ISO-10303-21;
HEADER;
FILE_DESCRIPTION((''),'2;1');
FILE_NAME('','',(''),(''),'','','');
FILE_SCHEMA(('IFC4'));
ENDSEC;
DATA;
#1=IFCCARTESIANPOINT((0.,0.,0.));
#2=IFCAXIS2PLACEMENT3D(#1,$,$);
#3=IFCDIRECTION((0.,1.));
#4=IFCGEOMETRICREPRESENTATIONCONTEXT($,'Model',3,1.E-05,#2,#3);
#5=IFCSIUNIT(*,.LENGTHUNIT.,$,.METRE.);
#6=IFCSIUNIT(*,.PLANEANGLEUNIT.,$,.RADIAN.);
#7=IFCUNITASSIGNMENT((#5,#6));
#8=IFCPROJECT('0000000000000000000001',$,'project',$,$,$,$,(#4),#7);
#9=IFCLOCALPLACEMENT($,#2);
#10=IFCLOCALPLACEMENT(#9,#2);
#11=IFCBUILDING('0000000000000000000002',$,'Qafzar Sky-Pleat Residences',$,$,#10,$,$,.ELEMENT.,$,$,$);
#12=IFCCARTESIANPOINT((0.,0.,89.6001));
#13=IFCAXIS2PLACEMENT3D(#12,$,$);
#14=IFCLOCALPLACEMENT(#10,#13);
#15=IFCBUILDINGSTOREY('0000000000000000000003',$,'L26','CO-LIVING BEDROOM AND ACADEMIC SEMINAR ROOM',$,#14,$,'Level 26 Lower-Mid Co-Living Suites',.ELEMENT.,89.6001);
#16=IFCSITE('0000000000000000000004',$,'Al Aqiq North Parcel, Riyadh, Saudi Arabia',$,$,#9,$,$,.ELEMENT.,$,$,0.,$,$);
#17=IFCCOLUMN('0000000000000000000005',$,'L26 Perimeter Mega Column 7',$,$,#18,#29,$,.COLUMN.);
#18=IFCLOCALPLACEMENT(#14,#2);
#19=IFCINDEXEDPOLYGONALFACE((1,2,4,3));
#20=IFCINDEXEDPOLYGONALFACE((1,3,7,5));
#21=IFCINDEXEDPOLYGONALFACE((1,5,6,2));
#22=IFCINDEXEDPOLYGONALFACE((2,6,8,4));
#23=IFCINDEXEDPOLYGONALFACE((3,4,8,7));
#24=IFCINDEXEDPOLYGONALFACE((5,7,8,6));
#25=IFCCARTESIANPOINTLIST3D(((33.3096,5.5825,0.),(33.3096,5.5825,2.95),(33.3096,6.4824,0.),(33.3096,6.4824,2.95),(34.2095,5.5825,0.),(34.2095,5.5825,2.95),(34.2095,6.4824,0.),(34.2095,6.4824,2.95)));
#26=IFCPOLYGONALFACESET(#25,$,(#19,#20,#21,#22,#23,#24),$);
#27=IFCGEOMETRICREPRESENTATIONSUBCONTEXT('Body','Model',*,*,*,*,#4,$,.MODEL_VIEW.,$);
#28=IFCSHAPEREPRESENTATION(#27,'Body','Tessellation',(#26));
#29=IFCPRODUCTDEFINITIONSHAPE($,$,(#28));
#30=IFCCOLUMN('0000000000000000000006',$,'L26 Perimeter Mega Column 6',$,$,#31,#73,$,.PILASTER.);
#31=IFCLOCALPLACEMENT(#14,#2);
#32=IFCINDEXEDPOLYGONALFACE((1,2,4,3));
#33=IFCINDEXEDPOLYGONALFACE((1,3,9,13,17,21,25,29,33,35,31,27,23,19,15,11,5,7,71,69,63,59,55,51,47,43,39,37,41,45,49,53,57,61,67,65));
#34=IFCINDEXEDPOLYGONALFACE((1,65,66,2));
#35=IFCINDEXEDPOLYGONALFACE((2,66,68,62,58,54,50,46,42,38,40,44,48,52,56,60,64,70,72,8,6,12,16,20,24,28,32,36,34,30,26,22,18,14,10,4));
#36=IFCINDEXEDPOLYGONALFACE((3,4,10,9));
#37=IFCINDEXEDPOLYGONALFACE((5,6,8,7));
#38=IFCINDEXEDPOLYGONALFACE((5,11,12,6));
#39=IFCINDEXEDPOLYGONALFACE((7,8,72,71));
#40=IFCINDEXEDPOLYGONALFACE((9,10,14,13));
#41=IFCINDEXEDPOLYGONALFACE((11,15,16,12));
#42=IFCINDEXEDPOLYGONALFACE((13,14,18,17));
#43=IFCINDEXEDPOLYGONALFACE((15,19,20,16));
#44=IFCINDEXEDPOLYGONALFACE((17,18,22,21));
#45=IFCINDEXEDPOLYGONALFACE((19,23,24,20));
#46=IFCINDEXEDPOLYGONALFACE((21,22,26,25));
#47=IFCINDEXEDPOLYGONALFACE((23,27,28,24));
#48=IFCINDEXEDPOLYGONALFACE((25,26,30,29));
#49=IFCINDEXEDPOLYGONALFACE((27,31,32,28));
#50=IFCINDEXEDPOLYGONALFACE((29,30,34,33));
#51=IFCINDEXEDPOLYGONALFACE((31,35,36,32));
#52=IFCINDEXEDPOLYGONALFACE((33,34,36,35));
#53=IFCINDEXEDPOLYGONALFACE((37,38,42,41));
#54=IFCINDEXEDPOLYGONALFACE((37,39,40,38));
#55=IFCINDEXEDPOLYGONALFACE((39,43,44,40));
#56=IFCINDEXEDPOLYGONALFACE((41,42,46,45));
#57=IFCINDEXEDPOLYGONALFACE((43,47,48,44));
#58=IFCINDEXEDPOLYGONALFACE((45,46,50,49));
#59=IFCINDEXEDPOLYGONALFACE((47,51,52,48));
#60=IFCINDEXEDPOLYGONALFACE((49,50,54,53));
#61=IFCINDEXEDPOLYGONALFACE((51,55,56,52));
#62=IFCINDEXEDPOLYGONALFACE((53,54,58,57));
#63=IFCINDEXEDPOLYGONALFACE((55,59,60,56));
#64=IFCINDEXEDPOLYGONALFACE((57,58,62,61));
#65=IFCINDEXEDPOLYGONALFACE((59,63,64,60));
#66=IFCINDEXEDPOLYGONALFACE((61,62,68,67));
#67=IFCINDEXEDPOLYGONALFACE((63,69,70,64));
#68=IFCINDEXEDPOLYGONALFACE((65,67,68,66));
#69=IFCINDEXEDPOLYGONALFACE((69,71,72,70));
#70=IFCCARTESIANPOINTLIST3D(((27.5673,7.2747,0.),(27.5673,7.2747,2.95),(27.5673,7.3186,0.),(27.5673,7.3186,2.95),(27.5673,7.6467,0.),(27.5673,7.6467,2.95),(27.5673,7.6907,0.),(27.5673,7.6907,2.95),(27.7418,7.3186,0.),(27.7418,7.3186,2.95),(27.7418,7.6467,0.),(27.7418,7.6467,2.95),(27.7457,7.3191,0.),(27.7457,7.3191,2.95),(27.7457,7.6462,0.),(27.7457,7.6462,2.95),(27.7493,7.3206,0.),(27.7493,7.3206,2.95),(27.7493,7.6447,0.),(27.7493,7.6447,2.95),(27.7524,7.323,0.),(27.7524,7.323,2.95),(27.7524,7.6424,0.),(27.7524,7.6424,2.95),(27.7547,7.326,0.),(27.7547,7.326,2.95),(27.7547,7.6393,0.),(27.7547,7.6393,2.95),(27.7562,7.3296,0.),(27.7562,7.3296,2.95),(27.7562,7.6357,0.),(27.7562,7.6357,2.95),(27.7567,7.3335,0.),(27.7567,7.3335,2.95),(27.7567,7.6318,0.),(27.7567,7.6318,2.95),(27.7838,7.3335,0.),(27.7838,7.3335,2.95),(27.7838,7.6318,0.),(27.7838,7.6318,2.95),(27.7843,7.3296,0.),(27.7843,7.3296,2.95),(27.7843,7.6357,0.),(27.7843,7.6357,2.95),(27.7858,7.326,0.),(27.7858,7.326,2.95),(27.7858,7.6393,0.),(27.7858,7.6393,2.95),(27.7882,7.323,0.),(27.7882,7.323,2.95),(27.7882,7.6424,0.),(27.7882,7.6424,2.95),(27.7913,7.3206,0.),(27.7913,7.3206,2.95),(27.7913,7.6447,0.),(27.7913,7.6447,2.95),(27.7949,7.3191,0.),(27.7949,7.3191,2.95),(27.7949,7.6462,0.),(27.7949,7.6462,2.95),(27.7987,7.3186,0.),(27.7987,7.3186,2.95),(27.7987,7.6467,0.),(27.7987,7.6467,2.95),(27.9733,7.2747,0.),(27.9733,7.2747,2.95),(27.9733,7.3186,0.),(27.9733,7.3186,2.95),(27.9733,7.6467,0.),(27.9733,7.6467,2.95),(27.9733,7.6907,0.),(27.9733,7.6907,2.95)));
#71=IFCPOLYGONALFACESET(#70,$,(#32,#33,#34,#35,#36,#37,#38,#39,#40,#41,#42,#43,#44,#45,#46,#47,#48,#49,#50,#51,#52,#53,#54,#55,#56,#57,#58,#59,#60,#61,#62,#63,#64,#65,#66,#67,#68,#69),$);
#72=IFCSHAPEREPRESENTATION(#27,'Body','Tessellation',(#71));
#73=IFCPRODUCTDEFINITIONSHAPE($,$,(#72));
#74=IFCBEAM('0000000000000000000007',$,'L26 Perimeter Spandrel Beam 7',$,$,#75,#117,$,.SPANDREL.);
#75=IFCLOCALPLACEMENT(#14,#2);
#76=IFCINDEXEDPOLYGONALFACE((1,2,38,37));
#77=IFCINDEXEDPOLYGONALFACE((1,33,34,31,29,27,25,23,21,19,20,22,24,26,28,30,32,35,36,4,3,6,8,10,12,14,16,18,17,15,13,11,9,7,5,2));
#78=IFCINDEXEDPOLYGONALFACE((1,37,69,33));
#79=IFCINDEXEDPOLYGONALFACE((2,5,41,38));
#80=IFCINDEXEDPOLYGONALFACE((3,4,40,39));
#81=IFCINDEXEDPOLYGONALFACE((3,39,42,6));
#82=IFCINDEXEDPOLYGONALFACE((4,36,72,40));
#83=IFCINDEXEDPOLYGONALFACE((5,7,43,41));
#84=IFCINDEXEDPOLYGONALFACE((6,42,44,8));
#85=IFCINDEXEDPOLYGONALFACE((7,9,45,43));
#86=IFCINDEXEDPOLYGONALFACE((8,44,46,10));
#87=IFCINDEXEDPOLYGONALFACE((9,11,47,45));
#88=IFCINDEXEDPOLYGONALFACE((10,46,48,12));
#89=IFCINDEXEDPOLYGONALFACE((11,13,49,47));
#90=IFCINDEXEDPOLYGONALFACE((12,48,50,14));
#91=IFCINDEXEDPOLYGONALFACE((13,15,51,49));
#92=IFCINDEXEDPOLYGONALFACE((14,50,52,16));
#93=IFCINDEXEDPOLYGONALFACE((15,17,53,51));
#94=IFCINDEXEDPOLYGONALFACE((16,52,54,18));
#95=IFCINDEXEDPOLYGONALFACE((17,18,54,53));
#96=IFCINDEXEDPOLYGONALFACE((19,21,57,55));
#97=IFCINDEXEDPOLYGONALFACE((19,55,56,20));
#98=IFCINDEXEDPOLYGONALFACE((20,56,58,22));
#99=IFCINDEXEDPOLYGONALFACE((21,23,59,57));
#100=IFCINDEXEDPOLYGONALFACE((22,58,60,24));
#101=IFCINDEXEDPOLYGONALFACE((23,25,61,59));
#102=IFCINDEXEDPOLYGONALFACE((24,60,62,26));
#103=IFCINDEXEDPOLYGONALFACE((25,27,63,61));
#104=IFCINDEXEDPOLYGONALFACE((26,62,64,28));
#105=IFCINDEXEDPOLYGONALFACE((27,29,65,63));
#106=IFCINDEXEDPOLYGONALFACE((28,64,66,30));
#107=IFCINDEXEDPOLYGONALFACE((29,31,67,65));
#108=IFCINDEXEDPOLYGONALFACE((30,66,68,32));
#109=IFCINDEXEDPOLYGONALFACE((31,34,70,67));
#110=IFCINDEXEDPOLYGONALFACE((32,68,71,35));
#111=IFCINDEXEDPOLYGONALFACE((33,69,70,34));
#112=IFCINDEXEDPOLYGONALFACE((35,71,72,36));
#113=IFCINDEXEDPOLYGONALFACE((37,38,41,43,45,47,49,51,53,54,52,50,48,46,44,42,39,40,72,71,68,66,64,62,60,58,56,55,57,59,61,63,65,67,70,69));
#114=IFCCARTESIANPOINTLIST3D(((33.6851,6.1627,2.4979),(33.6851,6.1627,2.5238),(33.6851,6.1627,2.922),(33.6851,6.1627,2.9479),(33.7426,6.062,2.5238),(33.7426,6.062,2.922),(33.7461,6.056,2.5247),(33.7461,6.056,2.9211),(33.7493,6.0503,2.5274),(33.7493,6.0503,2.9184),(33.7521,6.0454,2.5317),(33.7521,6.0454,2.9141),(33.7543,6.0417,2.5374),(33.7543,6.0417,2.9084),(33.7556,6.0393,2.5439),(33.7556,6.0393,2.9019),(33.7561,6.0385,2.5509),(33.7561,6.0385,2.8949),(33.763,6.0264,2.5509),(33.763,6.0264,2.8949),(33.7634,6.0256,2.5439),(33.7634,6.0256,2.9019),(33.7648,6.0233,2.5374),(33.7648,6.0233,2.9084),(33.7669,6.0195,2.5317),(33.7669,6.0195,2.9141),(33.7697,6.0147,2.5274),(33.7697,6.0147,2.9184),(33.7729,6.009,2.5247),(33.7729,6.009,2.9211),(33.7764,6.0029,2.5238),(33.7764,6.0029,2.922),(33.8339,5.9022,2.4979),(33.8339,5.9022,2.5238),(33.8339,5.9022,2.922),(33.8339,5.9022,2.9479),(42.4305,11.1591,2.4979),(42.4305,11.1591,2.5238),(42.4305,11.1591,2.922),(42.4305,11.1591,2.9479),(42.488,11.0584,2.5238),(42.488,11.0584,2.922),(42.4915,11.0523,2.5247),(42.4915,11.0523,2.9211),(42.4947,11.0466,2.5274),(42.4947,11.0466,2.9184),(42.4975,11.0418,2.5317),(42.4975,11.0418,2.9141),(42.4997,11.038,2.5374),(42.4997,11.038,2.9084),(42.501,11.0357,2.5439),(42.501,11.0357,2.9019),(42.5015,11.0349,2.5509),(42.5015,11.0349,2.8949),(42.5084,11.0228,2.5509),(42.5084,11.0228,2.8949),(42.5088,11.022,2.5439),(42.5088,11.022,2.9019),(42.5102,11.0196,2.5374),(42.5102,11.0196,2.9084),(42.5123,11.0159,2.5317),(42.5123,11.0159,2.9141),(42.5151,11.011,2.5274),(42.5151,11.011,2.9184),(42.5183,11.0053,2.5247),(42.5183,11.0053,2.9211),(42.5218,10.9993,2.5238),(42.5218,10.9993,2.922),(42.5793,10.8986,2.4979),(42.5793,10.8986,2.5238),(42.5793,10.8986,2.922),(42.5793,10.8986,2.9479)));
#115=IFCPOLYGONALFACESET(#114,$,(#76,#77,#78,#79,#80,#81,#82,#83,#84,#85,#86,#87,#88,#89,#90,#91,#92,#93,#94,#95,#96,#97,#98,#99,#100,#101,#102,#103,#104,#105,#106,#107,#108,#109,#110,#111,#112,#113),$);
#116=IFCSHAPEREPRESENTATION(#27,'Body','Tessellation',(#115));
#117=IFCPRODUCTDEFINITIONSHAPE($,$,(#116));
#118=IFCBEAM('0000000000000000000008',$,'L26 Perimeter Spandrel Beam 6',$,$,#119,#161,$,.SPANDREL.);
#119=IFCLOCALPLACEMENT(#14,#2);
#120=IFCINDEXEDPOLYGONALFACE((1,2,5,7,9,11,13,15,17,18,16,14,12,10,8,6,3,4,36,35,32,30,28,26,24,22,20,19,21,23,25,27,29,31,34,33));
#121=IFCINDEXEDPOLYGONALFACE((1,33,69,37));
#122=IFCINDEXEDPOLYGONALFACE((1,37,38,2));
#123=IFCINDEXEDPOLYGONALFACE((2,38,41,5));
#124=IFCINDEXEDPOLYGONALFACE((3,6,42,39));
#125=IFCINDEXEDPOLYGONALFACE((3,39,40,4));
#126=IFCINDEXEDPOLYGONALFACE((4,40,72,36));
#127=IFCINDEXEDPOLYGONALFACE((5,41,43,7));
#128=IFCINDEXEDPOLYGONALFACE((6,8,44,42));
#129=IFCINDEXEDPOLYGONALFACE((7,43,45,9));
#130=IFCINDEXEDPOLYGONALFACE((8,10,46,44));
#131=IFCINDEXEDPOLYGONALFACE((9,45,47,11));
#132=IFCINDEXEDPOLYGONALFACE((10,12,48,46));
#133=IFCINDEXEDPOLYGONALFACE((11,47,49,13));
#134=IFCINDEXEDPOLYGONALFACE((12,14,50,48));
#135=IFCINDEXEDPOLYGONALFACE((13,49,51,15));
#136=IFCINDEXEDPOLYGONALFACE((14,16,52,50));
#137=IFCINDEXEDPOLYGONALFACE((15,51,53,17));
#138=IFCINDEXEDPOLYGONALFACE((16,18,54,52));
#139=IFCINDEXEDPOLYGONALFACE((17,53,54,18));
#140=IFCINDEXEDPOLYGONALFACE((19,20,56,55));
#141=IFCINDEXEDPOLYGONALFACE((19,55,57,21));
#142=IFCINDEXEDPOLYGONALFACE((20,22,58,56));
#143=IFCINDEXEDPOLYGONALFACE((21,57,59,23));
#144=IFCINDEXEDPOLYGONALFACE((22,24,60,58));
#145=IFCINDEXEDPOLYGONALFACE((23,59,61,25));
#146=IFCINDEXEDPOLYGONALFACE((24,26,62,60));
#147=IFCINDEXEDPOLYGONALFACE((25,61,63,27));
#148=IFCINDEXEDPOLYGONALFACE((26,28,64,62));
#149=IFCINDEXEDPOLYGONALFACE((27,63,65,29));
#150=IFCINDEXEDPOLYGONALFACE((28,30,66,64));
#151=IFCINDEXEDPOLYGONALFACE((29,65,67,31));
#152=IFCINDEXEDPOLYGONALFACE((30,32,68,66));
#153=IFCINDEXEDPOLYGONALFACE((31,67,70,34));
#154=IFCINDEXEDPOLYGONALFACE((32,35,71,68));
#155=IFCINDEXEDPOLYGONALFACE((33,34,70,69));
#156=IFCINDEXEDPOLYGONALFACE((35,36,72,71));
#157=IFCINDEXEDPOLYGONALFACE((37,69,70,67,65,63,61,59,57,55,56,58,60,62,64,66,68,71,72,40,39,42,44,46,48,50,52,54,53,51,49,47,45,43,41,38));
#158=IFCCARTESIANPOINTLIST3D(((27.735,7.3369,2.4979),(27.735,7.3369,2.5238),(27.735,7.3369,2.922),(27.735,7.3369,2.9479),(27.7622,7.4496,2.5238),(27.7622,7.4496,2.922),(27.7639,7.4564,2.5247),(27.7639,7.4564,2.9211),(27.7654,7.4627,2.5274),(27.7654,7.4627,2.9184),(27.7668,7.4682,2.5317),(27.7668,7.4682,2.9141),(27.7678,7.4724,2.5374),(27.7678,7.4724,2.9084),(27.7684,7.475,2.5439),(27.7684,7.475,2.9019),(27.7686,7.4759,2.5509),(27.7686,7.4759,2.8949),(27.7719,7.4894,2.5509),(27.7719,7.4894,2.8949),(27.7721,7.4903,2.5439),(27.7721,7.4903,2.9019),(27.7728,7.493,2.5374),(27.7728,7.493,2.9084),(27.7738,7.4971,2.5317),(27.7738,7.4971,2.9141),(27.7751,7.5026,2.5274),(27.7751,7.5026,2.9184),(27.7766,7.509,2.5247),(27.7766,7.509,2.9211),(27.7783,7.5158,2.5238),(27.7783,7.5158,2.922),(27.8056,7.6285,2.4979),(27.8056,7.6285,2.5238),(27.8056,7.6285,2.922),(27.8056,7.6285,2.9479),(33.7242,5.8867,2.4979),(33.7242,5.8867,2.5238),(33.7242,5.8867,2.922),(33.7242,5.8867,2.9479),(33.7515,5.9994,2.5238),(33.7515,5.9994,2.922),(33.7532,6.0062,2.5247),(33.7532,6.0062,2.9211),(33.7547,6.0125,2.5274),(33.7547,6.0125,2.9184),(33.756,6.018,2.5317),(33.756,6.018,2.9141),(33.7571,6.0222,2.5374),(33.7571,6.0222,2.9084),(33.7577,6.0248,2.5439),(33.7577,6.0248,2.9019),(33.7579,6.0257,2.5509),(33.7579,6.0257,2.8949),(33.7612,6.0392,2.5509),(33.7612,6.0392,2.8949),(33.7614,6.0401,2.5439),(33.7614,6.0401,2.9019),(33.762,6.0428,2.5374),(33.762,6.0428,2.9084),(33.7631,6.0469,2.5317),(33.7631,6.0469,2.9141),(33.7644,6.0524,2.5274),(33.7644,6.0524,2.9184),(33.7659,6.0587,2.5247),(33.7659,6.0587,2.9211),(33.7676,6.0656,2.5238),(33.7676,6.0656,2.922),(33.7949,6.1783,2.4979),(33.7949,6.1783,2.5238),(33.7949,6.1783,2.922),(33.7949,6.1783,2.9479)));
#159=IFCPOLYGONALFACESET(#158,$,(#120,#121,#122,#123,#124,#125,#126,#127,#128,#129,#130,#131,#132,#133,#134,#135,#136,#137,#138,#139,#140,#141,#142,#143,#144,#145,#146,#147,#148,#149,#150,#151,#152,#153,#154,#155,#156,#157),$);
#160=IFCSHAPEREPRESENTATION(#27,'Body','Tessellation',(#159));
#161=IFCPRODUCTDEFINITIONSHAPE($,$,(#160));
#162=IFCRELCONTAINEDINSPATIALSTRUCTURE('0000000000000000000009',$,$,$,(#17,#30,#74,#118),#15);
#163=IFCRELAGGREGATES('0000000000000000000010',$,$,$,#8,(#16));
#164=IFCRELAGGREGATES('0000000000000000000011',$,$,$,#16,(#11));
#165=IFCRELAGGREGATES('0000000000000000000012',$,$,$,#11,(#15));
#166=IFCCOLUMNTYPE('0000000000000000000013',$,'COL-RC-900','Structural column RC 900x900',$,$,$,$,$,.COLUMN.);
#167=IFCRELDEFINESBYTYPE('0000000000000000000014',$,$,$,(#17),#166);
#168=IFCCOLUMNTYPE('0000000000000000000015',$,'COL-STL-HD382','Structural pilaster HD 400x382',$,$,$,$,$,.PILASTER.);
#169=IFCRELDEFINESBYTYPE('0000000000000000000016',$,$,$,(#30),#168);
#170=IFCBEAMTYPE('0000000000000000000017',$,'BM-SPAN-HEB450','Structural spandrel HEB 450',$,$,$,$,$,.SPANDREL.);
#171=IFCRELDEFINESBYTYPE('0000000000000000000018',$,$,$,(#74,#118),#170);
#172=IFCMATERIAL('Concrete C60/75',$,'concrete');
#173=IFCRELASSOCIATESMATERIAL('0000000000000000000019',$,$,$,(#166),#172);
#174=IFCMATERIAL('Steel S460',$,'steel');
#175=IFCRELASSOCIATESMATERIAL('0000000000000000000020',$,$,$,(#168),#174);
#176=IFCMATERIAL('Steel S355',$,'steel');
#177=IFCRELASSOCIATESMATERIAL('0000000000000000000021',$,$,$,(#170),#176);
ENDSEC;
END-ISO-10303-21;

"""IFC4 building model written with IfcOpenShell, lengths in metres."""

from ifc_helpers import new_model, si_unit, direction, frame, origin, origin_2d, place, context, subcontext, project, spatial, rectangle, i_section, extrude, source, transform, mapped, material, material_profile, profile_set, type_object, element, save


model = new_model("IFC4")

# Units and contexts
model_context = context("Model", 3, precision=1e-05, world=origin(), true_north=direction((0.0, 1.0)))
body_context = subcontext(model_context, "Body", "Model", "MODEL_VIEW")
ifc_project = project(units=[si_unit("LENGTHUNIT", "METRE"), si_unit("PLANEANGLEUNIT", "RADIAN")], contexts=[model_context])

# Site, building, storey
site_placement = place(None, origin())
site = spatial("IfcSite", under=ifc_project, at=site_placement, Name="Al Aqiq North Parcel, Riyadh, Saudi Arabia", CompositionType="ELEMENT", RefElevation=0.0)
building_placement = place(site_placement, origin())
building = spatial("IfcBuilding", under=site, at=building_placement, Name="Qafzar Sky-Pleat Residences", CompositionType="ELEMENT")
storey_placement = place(building_placement, frame((0.0, 0.0, 89.6001)))
storey = spatial("IfcBuildingStorey", under=building, at=storey_placement, Name="L26", Description="CO-LIVING BEDROOM AND ACADEMIC SEMINAR ROOM", LongName="Level 26 Lower-Mid Co-Living Suites", CompositionType="ELEMENT", Elevation=89.6001)

# Columns
ifc_material_1 = material(Name="Concrete C60/75", Category="concrete")
ifc_material_profile_1 = material_profile(ifc_material_1, rectangle(XDim=0.8999, YDim=0.8999, at=origin_2d()), Name="RC 900x900")
ifc_profile_set_1 = profile_set([ifc_material_profile_1], Name="Concrete C60/75")
column_type_1 = type_object("IfcColumnType", Name="COL-RC-900", Description="Structural column RC 900x900", PredefinedType="COLUMN", material=ifc_profile_set_1)
shared_shape_1 = source(origin(), body_context, "Body", "SweptSolid", [
    extrude(rectangle(XDim=0.8999, YDim=0.8999, at=origin_2d()), origin(), (0.0, 0.0, 1.0), 2.95),
])
column_1_placement = place(storey_placement, frame((33.7595, 6.0325, 0.0), z_axis=(0.0, 0.0, 1.0), x_axis=(1.0, 0.0, 0.0)))
element("IfcColumn", 1, at=column_1_placement, inside=storey, type_object=column_type_1, Name="L26 Perimeter Mega Column 7", PredefinedType="COLUMN", context=body_context, shape_type="MappedRepresentation", body=[
    mapped(shared_shape_1, transform((0.0, 0.0, 0.0), x_axis=(1.0, 0.0, 0.0), y_axis=(0.0, 1.0, 0.0), z_axis=(0.0, 0.0, 1.0), scale=1.0)),
])
ifc_material_2 = material(Name="Steel S460", Category="steel")
ifc_material_profile_2 = material_profile(ifc_material_2, i_section(OverallWidth=0.406, OverallDepth=0.416, WebThickness=0.0271, FlangeThickness=0.0439, FilletRadius=0.0149, at=origin_2d()), Name="HD 400x382")
ifc_profile_set_2 = profile_set([ifc_material_profile_2], Name="Steel S460")
column_type_2 = type_object("IfcColumnType", Name="COL-STL-HD382", Description="Structural pilaster HD 400x382", PredefinedType="PILASTER", material=ifc_profile_set_2)
shared_shape_2 = source(origin(), body_context, "Body", "SweptSolid", [
    extrude(i_section(OverallWidth=0.406, OverallDepth=0.416, WebThickness=0.0271, FlangeThickness=0.0439, FilletRadius=0.0149, at=origin_2d()), origin(), (0.0, 0.0, 1.0), 2.95),
])
column_2_placement = place(storey_placement, frame((27.7703, 7.4827, 0.0), z_axis=(0.0, 0.0, 1.0), x_axis=(1.0, 0.0, 0.0)))
element("IfcColumn", 2, at=column_2_placement, inside=storey, type_object=column_type_2, Name="L26 Perimeter Mega Column 6", PredefinedType="PILASTER", context=body_context, shape_type="MappedRepresentation", body=[
    mapped(shared_shape_2, transform((0.0, 0.0, 0.0), x_axis=(1.0, 0.0, 0.0), y_axis=(0.0, 1.0, 0.0), z_axis=(0.0, 0.0, 1.0), scale=1.0)),
])

# Beams
ifc_material_3 = material(Name="Steel S355", Category="steel")
ifc_material_profile_3 = material_profile(ifc_material_3, i_section(OverallWidth=0.3, OverallDepth=0.45, WebThickness=0.0139, FlangeThickness=0.0259, FilletRadius=0.0271, at=origin_2d()), Name="HEB 450")
ifc_profile_set_3 = profile_set([ifc_material_profile_3], Name="Steel S355")
beam_type_1 = type_object("IfcBeamType", Name="BM-SPAN-HEB450", Description="Structural spandrel HEB 450", PredefinedType="SPANDREL", material=ifc_profile_set_3)
shared_shape_3 = source(origin(), body_context, "Body", "SweptSolid", [
    extrude(i_section(OverallWidth=0.3, OverallDepth=0.45, WebThickness=0.0139, FlangeThickness=0.0259, FilletRadius=0.0271, at=origin_2d()), origin(), (0.0, 0.0, 1.0), 10.072),
])
beam_1_placement = place(storey_placement, frame((33.7595, 6.0325, 2.7229), z_axis=(0.868286, 0.496063, 0.0), x_axis=(-0.496063, 0.868286, 0.0)))
element("IfcBeam", 3, at=beam_1_placement, inside=storey, type_object=beam_type_1, Name="L26 Perimeter Spandrel Beam 7", PredefinedType="SPANDREL", context=body_context, shape_type="MappedRepresentation", body=[
    mapped(shared_shape_3, transform((0.0, 0.0, 0.0), x_axis=(1.0, 0.0, 0.0), y_axis=(0.0, 1.0, 0.0), z_axis=(0.0, 0.0, 1.0), scale=1.0)),
])
shared_shape_4 = source(origin(), body_context, "Body", "SweptSolid", [
    extrude(i_section(OverallWidth=0.3, OverallDepth=0.45, WebThickness=0.0139, FlangeThickness=0.0259, FilletRadius=0.0271, at=origin_2d()), origin(), (0.0, 0.0, 1.0), 6.1624),
])
beam_2_placement = place(storey_placement, frame((27.7703, 7.4827, 2.7229), z_axis=(0.971915, -0.235332, 0.0), x_axis=(0.235332, 0.971915, 0.0)))
element("IfcBeam", 4, at=beam_2_placement, inside=storey, type_object=beam_type_1, Name="L26 Perimeter Spandrel Beam 6", PredefinedType="SPANDREL", context=body_context, shape_type="MappedRepresentation", body=[
    mapped(shared_shape_4, transform((0.0, 0.0, 0.0), x_axis=(1.0, 0.0, 0.0), y_axis=(0.0, 1.0, 0.0), z_axis=(0.0, 0.0, 1.0), scale=1.0)),
])

save(model, "model.ifc")
